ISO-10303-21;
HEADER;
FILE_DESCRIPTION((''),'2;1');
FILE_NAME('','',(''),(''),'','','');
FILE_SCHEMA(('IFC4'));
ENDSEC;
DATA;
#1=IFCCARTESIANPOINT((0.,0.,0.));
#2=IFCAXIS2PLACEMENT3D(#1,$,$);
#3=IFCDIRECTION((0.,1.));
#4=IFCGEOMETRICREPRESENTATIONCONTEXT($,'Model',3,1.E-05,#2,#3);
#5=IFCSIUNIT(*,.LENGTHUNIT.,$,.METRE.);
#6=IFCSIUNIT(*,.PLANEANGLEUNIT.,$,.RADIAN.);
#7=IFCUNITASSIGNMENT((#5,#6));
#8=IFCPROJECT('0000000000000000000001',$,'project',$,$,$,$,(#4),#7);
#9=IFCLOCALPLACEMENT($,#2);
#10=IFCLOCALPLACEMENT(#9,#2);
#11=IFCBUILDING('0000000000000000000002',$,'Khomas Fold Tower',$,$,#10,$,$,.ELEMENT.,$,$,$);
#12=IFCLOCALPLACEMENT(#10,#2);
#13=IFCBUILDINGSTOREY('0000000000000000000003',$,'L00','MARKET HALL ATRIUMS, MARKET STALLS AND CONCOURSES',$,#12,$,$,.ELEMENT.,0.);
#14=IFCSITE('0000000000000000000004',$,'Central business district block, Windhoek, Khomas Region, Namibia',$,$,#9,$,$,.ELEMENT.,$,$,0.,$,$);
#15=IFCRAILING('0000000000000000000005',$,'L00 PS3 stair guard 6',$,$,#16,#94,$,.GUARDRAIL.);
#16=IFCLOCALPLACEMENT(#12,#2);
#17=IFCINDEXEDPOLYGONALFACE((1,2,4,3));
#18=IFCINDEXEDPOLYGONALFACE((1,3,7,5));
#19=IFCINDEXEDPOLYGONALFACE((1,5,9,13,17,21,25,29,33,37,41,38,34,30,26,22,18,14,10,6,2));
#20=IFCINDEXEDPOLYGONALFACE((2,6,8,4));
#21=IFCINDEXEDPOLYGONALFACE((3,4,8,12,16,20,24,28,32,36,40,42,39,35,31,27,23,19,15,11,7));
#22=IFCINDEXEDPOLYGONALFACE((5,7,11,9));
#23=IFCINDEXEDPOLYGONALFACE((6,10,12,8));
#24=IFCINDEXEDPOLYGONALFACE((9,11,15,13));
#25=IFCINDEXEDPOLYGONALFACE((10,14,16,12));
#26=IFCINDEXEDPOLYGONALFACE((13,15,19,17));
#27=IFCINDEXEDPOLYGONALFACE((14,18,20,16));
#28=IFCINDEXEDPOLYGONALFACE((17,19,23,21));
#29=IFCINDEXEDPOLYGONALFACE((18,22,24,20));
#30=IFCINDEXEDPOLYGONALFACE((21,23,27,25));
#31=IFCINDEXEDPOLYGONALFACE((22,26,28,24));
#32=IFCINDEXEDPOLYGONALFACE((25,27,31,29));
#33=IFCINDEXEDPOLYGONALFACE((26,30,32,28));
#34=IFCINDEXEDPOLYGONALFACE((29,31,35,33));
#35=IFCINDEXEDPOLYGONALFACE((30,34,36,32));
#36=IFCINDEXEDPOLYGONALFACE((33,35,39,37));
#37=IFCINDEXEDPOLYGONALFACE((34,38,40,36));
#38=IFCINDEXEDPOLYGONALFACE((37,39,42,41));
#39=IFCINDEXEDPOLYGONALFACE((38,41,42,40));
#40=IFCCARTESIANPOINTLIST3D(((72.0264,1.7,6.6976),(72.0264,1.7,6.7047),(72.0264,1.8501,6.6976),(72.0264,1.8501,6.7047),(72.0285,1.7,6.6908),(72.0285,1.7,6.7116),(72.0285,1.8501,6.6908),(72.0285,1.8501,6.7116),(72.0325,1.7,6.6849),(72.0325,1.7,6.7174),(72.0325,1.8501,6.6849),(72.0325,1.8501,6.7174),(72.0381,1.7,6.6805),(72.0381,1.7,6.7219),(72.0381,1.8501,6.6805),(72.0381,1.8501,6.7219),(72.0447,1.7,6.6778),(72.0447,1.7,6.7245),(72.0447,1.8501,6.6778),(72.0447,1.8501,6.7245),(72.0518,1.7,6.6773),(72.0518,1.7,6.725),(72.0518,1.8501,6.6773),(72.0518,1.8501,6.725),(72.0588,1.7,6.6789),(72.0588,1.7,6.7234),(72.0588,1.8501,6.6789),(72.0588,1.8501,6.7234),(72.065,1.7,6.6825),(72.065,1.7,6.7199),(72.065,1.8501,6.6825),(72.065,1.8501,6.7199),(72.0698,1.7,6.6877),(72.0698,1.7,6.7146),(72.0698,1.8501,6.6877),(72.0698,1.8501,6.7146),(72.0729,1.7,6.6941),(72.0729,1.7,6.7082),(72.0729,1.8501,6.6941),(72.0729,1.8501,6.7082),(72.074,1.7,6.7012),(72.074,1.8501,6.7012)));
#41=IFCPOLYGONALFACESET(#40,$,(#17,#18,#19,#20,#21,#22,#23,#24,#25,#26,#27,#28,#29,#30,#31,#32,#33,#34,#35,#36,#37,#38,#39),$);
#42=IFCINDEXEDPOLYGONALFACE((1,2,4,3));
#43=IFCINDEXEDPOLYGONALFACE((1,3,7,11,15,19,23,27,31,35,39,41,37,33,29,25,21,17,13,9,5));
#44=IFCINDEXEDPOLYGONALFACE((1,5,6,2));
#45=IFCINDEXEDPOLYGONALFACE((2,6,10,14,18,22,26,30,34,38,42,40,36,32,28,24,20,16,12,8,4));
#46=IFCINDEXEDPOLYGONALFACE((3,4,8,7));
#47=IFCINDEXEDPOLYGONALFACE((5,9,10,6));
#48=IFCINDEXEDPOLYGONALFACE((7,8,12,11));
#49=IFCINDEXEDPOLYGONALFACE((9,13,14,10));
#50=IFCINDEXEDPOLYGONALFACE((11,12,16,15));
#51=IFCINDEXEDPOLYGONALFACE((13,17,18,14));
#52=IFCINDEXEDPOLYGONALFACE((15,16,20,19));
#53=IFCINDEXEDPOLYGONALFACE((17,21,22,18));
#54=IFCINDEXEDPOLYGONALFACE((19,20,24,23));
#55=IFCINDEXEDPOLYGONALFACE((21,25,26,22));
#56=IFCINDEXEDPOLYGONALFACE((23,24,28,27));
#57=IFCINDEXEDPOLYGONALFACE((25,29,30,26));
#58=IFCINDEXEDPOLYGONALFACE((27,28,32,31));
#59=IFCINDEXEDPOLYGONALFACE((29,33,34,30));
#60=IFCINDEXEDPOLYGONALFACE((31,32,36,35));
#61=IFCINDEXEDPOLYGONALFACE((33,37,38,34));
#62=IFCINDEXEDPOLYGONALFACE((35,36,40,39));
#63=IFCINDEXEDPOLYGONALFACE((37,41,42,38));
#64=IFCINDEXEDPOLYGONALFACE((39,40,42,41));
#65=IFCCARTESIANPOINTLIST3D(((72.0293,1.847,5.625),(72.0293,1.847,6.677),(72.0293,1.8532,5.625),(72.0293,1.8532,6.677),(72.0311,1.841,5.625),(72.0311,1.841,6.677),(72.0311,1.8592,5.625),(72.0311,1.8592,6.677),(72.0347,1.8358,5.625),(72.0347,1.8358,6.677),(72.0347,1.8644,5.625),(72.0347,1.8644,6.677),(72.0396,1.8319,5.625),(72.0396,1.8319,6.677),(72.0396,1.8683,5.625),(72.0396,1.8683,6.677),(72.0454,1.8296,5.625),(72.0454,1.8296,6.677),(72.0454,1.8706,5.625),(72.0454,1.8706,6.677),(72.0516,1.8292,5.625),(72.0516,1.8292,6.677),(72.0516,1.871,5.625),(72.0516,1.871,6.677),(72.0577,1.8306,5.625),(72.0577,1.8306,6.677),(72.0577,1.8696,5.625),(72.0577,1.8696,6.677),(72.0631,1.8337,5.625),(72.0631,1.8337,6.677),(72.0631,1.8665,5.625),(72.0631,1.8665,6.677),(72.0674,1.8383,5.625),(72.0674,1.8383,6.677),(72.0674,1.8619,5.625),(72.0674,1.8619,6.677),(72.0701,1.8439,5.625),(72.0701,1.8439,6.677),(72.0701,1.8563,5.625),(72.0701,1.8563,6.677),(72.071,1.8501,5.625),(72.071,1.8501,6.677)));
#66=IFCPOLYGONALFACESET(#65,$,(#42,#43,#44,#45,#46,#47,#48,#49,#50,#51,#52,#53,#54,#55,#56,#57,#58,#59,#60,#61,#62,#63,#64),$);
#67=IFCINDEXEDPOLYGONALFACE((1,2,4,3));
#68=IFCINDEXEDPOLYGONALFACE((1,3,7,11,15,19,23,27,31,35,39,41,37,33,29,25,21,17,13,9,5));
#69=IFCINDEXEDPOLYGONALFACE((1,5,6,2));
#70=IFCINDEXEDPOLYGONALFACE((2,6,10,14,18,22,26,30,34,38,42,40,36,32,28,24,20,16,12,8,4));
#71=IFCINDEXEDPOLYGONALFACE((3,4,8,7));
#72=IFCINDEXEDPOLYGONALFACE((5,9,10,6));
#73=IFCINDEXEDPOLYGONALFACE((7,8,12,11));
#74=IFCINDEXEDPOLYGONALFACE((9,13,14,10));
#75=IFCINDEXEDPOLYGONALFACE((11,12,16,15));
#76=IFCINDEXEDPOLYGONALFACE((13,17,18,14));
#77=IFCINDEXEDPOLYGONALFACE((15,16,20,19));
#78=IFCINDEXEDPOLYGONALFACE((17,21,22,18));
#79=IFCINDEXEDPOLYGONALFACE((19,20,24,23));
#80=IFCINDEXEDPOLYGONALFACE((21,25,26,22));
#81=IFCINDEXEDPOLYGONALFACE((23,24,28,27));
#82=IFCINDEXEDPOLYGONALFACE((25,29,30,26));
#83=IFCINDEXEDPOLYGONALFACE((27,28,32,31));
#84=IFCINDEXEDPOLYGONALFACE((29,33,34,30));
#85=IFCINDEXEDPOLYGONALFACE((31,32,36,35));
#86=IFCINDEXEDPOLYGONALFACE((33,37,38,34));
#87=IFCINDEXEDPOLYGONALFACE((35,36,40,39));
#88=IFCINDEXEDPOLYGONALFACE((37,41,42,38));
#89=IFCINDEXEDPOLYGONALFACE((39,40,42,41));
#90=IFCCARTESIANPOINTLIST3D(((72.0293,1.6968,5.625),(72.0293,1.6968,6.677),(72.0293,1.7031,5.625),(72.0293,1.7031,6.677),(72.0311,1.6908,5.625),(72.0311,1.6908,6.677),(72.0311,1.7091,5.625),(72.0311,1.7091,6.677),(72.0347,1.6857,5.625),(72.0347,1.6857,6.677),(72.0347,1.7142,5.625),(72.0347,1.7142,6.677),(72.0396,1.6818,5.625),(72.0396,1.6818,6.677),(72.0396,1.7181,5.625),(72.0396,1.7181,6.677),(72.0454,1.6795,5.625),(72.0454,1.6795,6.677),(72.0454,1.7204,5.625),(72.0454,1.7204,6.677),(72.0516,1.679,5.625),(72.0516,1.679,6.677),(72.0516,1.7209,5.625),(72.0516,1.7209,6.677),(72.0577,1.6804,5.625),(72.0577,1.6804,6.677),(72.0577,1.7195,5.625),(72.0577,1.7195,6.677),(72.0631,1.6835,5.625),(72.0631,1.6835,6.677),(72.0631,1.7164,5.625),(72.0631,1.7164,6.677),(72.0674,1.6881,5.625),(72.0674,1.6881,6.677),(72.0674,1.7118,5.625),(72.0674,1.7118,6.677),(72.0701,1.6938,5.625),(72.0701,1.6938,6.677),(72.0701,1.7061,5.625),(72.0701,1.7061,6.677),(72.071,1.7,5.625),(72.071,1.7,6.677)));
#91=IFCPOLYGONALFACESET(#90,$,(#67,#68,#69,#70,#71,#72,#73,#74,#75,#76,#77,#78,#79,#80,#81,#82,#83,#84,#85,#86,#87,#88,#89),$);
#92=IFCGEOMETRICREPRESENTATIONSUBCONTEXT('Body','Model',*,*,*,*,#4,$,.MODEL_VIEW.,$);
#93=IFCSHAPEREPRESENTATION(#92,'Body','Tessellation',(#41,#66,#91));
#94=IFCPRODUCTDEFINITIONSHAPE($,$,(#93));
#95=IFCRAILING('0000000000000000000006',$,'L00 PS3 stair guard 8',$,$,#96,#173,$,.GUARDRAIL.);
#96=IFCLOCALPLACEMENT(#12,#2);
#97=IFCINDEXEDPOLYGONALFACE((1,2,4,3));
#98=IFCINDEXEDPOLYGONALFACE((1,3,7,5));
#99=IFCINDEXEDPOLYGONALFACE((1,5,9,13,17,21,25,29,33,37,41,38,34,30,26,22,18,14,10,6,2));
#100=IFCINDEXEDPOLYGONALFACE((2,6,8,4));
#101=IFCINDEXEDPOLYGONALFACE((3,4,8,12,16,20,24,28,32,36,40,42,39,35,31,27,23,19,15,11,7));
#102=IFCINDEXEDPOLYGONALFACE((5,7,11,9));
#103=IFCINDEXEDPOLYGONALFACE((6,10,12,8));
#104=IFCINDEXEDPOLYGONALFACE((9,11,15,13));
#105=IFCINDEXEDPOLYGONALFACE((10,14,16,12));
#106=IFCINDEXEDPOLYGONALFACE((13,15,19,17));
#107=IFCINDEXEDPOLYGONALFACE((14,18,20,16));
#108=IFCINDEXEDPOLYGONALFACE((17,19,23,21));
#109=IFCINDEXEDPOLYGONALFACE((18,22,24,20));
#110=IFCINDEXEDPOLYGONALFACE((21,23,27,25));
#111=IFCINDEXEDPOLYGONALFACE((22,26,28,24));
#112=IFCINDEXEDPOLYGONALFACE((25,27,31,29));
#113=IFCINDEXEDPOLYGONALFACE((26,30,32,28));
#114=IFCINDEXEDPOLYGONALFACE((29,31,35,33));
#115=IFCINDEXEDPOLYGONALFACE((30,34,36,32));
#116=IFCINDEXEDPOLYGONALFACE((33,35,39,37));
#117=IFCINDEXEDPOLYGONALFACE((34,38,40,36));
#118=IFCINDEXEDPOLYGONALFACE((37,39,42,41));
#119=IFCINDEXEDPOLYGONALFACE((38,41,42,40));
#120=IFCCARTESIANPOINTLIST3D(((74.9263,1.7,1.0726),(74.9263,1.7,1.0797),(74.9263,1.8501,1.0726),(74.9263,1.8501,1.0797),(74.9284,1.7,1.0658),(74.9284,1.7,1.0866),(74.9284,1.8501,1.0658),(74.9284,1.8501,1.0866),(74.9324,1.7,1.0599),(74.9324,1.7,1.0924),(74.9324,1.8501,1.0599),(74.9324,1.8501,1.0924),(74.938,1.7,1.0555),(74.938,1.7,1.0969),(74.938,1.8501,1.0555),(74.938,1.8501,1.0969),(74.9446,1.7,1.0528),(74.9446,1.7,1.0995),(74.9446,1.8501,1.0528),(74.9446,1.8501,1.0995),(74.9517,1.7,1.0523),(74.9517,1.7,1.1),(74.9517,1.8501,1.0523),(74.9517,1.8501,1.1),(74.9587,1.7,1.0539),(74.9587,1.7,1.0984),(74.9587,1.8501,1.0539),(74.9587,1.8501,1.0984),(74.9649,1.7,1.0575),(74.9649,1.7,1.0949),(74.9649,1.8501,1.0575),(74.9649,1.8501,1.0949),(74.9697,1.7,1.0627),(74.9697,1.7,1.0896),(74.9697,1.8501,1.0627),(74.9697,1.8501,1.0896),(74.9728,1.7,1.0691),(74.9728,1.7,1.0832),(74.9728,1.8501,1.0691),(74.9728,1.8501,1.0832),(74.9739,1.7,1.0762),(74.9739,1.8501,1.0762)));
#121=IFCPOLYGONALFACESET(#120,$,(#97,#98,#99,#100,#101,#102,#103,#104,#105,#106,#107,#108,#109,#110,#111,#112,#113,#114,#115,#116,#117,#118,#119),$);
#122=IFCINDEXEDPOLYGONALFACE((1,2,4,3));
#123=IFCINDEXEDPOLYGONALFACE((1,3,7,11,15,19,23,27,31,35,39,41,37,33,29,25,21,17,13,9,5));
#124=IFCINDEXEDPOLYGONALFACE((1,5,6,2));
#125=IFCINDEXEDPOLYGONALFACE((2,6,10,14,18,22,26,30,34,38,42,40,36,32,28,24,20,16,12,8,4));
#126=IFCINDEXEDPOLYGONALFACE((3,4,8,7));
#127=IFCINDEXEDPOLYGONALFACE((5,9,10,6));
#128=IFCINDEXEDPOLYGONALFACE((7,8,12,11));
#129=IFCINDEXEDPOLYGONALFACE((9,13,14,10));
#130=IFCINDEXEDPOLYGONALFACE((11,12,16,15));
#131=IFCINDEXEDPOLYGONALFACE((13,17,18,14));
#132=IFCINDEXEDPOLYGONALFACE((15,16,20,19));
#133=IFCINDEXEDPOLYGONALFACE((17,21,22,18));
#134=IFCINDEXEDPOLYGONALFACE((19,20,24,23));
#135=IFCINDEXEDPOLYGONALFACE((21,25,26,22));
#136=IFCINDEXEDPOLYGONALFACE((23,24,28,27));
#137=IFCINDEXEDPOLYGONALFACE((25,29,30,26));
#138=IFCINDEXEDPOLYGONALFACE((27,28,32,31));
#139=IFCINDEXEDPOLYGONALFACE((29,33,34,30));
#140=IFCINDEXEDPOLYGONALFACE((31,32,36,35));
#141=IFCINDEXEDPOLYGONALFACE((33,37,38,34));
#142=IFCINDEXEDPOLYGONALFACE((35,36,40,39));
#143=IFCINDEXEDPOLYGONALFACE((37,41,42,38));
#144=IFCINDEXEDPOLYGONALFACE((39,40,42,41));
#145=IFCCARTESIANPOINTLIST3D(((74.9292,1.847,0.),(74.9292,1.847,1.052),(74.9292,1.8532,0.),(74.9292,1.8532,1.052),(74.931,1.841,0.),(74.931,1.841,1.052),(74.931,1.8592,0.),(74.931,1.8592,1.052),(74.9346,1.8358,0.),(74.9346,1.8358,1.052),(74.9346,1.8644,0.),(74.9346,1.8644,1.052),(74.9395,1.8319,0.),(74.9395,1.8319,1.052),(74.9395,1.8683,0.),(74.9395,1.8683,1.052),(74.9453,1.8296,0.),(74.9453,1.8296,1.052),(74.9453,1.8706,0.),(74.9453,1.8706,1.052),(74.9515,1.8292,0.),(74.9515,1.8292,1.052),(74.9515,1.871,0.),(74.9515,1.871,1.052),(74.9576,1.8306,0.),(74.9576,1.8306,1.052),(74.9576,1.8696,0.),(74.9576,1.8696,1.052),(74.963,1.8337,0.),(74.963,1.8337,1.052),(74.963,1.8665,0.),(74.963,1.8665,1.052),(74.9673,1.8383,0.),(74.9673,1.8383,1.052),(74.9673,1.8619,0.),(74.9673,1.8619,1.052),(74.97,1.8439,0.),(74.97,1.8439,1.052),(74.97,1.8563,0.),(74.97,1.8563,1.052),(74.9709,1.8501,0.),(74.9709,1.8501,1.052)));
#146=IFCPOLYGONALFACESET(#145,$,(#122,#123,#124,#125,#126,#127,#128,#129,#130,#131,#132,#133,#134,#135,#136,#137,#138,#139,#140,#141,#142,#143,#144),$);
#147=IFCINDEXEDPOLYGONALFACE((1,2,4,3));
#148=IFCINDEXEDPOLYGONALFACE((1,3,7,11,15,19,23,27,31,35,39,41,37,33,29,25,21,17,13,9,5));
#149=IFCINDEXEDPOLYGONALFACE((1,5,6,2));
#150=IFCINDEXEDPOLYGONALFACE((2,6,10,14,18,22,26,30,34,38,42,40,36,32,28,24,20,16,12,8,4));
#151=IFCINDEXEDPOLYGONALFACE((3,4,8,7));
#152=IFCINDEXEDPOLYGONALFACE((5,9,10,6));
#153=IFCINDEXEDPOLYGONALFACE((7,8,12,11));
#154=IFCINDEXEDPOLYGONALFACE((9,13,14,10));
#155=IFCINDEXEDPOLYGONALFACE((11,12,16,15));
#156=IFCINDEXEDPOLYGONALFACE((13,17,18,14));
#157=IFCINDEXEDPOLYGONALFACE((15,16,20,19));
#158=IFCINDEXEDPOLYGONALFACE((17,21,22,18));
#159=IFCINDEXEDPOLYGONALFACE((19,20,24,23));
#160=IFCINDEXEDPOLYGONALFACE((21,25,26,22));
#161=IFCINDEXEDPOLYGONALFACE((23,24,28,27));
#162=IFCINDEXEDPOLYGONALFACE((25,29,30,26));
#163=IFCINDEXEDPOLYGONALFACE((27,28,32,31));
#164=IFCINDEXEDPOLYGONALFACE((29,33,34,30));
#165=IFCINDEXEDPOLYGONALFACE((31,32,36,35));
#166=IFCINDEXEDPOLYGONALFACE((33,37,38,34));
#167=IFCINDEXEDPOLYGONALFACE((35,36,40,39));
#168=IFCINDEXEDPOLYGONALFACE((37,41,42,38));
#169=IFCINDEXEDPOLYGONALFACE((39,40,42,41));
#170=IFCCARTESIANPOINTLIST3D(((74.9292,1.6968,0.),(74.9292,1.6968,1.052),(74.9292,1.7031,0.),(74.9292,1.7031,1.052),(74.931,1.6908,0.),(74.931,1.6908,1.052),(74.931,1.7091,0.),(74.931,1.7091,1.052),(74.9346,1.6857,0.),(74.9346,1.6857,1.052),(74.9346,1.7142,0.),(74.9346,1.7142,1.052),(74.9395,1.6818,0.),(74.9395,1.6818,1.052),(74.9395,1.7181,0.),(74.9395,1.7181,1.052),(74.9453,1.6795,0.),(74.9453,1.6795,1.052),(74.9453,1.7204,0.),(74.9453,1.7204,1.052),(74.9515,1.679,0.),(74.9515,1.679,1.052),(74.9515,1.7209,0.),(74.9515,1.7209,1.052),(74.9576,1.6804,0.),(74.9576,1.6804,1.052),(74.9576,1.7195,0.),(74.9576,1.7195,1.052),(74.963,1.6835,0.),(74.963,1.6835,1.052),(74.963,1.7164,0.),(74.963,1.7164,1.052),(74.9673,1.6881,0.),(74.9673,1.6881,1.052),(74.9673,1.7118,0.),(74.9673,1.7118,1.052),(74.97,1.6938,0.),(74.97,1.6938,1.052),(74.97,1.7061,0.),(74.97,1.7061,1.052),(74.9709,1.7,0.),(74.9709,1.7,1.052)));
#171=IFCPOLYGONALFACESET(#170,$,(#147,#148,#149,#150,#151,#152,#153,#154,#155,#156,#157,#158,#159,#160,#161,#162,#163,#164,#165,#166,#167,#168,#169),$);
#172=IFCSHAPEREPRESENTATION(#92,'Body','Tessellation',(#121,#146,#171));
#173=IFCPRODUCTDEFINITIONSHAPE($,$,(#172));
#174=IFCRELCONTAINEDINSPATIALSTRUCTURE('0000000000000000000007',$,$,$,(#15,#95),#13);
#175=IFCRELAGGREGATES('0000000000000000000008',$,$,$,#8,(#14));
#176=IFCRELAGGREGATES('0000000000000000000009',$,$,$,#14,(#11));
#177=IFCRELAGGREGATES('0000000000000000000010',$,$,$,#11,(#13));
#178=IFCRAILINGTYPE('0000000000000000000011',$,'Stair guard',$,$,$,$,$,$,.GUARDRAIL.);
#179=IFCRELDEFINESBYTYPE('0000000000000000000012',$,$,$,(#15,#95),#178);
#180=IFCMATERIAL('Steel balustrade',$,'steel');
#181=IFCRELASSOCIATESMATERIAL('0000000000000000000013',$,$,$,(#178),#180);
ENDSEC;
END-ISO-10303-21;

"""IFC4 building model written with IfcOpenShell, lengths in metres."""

from ifc_helpers import new_model, si_unit, direction, frame, origin, origin_2d, place, context, subcontext, project, spatial, circle, extrude, source, transform, mapped, material, type_object, element, save


model = new_model("IFC4")

# Units and contexts
model_context = context("Model", 3, precision=1e-05, world=origin(), true_north=direction((0.0, 1.0)))
body_context = subcontext(model_context, "Body", "Model", "MODEL_VIEW")
ifc_project = project(units=[si_unit("LENGTHUNIT", "METRE"), si_unit("PLANEANGLEUNIT", "RADIAN")], contexts=[model_context])

# Site, building, storey
site_placement = place(None, origin())
site = spatial("IfcSite", under=ifc_project, at=site_placement, Name="Central business district block, Windhoek, Khomas Region, Namibia", CompositionType="ELEMENT", RefElevation=0.0)
building_placement = place(site_placement, origin())
building = spatial("IfcBuilding", under=site, at=building_placement, Name="Khomas Fold Tower", CompositionType="ELEMENT")
storey_placement = place(building_placement, origin())
storey = spatial("IfcBuildingStorey", under=building, at=storey_placement, Name="L00", Description="MARKET HALL ATRIUMS, MARKET STALLS AND CONCOURSES", CompositionType="ELEMENT", Elevation=0.0)

# Railings
ifc_material_1 = material(Name="Steel balustrade", Category="steel")
railing_type_1 = type_object("IfcRailingType", Name="Stair guard", PredefinedType="GUARDRAIL", material=ifc_material_1)
shared_shape_1 = source(origin(), body_context, "Body", "SweptSolid", [
    extrude(circle(Radius=0.0239, at=origin_2d()), frame((0.0, 0.0, 1.0762), z_axis=(0.0, -1.0, 0.0), x_axis=(1.0, 0.0, 0.0)), (0.0, 0.0, 1.0), 0.1501),
    extrude(circle(Radius=0.021, at=origin_2d()), origin(), (0.0, 0.0, 1.0), 1.052),
    extrude(circle(Radius=0.021, at=origin_2d()), frame((0.0, -0.1501, 0.0)), (0.0, 0.0, 1.0), 1.052),
])
for number, where, name in (
    (1, (72.05, 1.8501, 5.625), "L00 PS3 stair guard 6"),
    (2, (74.95, 1.8501, 0.0), "L00 PS3 stair guard 8"),
):
    element("IfcRailing", number, at=place(storey_placement, frame(where)), inside=storey, type_object=railing_type_1, Name=name, PredefinedType="GUARDRAIL", context=body_context, shape_type="MappedRepresentation", body=[
        mapped(shared_shape_1, transform((0.0, 0.0, 0.0))),
    ])

save(model, "model.ifc")
